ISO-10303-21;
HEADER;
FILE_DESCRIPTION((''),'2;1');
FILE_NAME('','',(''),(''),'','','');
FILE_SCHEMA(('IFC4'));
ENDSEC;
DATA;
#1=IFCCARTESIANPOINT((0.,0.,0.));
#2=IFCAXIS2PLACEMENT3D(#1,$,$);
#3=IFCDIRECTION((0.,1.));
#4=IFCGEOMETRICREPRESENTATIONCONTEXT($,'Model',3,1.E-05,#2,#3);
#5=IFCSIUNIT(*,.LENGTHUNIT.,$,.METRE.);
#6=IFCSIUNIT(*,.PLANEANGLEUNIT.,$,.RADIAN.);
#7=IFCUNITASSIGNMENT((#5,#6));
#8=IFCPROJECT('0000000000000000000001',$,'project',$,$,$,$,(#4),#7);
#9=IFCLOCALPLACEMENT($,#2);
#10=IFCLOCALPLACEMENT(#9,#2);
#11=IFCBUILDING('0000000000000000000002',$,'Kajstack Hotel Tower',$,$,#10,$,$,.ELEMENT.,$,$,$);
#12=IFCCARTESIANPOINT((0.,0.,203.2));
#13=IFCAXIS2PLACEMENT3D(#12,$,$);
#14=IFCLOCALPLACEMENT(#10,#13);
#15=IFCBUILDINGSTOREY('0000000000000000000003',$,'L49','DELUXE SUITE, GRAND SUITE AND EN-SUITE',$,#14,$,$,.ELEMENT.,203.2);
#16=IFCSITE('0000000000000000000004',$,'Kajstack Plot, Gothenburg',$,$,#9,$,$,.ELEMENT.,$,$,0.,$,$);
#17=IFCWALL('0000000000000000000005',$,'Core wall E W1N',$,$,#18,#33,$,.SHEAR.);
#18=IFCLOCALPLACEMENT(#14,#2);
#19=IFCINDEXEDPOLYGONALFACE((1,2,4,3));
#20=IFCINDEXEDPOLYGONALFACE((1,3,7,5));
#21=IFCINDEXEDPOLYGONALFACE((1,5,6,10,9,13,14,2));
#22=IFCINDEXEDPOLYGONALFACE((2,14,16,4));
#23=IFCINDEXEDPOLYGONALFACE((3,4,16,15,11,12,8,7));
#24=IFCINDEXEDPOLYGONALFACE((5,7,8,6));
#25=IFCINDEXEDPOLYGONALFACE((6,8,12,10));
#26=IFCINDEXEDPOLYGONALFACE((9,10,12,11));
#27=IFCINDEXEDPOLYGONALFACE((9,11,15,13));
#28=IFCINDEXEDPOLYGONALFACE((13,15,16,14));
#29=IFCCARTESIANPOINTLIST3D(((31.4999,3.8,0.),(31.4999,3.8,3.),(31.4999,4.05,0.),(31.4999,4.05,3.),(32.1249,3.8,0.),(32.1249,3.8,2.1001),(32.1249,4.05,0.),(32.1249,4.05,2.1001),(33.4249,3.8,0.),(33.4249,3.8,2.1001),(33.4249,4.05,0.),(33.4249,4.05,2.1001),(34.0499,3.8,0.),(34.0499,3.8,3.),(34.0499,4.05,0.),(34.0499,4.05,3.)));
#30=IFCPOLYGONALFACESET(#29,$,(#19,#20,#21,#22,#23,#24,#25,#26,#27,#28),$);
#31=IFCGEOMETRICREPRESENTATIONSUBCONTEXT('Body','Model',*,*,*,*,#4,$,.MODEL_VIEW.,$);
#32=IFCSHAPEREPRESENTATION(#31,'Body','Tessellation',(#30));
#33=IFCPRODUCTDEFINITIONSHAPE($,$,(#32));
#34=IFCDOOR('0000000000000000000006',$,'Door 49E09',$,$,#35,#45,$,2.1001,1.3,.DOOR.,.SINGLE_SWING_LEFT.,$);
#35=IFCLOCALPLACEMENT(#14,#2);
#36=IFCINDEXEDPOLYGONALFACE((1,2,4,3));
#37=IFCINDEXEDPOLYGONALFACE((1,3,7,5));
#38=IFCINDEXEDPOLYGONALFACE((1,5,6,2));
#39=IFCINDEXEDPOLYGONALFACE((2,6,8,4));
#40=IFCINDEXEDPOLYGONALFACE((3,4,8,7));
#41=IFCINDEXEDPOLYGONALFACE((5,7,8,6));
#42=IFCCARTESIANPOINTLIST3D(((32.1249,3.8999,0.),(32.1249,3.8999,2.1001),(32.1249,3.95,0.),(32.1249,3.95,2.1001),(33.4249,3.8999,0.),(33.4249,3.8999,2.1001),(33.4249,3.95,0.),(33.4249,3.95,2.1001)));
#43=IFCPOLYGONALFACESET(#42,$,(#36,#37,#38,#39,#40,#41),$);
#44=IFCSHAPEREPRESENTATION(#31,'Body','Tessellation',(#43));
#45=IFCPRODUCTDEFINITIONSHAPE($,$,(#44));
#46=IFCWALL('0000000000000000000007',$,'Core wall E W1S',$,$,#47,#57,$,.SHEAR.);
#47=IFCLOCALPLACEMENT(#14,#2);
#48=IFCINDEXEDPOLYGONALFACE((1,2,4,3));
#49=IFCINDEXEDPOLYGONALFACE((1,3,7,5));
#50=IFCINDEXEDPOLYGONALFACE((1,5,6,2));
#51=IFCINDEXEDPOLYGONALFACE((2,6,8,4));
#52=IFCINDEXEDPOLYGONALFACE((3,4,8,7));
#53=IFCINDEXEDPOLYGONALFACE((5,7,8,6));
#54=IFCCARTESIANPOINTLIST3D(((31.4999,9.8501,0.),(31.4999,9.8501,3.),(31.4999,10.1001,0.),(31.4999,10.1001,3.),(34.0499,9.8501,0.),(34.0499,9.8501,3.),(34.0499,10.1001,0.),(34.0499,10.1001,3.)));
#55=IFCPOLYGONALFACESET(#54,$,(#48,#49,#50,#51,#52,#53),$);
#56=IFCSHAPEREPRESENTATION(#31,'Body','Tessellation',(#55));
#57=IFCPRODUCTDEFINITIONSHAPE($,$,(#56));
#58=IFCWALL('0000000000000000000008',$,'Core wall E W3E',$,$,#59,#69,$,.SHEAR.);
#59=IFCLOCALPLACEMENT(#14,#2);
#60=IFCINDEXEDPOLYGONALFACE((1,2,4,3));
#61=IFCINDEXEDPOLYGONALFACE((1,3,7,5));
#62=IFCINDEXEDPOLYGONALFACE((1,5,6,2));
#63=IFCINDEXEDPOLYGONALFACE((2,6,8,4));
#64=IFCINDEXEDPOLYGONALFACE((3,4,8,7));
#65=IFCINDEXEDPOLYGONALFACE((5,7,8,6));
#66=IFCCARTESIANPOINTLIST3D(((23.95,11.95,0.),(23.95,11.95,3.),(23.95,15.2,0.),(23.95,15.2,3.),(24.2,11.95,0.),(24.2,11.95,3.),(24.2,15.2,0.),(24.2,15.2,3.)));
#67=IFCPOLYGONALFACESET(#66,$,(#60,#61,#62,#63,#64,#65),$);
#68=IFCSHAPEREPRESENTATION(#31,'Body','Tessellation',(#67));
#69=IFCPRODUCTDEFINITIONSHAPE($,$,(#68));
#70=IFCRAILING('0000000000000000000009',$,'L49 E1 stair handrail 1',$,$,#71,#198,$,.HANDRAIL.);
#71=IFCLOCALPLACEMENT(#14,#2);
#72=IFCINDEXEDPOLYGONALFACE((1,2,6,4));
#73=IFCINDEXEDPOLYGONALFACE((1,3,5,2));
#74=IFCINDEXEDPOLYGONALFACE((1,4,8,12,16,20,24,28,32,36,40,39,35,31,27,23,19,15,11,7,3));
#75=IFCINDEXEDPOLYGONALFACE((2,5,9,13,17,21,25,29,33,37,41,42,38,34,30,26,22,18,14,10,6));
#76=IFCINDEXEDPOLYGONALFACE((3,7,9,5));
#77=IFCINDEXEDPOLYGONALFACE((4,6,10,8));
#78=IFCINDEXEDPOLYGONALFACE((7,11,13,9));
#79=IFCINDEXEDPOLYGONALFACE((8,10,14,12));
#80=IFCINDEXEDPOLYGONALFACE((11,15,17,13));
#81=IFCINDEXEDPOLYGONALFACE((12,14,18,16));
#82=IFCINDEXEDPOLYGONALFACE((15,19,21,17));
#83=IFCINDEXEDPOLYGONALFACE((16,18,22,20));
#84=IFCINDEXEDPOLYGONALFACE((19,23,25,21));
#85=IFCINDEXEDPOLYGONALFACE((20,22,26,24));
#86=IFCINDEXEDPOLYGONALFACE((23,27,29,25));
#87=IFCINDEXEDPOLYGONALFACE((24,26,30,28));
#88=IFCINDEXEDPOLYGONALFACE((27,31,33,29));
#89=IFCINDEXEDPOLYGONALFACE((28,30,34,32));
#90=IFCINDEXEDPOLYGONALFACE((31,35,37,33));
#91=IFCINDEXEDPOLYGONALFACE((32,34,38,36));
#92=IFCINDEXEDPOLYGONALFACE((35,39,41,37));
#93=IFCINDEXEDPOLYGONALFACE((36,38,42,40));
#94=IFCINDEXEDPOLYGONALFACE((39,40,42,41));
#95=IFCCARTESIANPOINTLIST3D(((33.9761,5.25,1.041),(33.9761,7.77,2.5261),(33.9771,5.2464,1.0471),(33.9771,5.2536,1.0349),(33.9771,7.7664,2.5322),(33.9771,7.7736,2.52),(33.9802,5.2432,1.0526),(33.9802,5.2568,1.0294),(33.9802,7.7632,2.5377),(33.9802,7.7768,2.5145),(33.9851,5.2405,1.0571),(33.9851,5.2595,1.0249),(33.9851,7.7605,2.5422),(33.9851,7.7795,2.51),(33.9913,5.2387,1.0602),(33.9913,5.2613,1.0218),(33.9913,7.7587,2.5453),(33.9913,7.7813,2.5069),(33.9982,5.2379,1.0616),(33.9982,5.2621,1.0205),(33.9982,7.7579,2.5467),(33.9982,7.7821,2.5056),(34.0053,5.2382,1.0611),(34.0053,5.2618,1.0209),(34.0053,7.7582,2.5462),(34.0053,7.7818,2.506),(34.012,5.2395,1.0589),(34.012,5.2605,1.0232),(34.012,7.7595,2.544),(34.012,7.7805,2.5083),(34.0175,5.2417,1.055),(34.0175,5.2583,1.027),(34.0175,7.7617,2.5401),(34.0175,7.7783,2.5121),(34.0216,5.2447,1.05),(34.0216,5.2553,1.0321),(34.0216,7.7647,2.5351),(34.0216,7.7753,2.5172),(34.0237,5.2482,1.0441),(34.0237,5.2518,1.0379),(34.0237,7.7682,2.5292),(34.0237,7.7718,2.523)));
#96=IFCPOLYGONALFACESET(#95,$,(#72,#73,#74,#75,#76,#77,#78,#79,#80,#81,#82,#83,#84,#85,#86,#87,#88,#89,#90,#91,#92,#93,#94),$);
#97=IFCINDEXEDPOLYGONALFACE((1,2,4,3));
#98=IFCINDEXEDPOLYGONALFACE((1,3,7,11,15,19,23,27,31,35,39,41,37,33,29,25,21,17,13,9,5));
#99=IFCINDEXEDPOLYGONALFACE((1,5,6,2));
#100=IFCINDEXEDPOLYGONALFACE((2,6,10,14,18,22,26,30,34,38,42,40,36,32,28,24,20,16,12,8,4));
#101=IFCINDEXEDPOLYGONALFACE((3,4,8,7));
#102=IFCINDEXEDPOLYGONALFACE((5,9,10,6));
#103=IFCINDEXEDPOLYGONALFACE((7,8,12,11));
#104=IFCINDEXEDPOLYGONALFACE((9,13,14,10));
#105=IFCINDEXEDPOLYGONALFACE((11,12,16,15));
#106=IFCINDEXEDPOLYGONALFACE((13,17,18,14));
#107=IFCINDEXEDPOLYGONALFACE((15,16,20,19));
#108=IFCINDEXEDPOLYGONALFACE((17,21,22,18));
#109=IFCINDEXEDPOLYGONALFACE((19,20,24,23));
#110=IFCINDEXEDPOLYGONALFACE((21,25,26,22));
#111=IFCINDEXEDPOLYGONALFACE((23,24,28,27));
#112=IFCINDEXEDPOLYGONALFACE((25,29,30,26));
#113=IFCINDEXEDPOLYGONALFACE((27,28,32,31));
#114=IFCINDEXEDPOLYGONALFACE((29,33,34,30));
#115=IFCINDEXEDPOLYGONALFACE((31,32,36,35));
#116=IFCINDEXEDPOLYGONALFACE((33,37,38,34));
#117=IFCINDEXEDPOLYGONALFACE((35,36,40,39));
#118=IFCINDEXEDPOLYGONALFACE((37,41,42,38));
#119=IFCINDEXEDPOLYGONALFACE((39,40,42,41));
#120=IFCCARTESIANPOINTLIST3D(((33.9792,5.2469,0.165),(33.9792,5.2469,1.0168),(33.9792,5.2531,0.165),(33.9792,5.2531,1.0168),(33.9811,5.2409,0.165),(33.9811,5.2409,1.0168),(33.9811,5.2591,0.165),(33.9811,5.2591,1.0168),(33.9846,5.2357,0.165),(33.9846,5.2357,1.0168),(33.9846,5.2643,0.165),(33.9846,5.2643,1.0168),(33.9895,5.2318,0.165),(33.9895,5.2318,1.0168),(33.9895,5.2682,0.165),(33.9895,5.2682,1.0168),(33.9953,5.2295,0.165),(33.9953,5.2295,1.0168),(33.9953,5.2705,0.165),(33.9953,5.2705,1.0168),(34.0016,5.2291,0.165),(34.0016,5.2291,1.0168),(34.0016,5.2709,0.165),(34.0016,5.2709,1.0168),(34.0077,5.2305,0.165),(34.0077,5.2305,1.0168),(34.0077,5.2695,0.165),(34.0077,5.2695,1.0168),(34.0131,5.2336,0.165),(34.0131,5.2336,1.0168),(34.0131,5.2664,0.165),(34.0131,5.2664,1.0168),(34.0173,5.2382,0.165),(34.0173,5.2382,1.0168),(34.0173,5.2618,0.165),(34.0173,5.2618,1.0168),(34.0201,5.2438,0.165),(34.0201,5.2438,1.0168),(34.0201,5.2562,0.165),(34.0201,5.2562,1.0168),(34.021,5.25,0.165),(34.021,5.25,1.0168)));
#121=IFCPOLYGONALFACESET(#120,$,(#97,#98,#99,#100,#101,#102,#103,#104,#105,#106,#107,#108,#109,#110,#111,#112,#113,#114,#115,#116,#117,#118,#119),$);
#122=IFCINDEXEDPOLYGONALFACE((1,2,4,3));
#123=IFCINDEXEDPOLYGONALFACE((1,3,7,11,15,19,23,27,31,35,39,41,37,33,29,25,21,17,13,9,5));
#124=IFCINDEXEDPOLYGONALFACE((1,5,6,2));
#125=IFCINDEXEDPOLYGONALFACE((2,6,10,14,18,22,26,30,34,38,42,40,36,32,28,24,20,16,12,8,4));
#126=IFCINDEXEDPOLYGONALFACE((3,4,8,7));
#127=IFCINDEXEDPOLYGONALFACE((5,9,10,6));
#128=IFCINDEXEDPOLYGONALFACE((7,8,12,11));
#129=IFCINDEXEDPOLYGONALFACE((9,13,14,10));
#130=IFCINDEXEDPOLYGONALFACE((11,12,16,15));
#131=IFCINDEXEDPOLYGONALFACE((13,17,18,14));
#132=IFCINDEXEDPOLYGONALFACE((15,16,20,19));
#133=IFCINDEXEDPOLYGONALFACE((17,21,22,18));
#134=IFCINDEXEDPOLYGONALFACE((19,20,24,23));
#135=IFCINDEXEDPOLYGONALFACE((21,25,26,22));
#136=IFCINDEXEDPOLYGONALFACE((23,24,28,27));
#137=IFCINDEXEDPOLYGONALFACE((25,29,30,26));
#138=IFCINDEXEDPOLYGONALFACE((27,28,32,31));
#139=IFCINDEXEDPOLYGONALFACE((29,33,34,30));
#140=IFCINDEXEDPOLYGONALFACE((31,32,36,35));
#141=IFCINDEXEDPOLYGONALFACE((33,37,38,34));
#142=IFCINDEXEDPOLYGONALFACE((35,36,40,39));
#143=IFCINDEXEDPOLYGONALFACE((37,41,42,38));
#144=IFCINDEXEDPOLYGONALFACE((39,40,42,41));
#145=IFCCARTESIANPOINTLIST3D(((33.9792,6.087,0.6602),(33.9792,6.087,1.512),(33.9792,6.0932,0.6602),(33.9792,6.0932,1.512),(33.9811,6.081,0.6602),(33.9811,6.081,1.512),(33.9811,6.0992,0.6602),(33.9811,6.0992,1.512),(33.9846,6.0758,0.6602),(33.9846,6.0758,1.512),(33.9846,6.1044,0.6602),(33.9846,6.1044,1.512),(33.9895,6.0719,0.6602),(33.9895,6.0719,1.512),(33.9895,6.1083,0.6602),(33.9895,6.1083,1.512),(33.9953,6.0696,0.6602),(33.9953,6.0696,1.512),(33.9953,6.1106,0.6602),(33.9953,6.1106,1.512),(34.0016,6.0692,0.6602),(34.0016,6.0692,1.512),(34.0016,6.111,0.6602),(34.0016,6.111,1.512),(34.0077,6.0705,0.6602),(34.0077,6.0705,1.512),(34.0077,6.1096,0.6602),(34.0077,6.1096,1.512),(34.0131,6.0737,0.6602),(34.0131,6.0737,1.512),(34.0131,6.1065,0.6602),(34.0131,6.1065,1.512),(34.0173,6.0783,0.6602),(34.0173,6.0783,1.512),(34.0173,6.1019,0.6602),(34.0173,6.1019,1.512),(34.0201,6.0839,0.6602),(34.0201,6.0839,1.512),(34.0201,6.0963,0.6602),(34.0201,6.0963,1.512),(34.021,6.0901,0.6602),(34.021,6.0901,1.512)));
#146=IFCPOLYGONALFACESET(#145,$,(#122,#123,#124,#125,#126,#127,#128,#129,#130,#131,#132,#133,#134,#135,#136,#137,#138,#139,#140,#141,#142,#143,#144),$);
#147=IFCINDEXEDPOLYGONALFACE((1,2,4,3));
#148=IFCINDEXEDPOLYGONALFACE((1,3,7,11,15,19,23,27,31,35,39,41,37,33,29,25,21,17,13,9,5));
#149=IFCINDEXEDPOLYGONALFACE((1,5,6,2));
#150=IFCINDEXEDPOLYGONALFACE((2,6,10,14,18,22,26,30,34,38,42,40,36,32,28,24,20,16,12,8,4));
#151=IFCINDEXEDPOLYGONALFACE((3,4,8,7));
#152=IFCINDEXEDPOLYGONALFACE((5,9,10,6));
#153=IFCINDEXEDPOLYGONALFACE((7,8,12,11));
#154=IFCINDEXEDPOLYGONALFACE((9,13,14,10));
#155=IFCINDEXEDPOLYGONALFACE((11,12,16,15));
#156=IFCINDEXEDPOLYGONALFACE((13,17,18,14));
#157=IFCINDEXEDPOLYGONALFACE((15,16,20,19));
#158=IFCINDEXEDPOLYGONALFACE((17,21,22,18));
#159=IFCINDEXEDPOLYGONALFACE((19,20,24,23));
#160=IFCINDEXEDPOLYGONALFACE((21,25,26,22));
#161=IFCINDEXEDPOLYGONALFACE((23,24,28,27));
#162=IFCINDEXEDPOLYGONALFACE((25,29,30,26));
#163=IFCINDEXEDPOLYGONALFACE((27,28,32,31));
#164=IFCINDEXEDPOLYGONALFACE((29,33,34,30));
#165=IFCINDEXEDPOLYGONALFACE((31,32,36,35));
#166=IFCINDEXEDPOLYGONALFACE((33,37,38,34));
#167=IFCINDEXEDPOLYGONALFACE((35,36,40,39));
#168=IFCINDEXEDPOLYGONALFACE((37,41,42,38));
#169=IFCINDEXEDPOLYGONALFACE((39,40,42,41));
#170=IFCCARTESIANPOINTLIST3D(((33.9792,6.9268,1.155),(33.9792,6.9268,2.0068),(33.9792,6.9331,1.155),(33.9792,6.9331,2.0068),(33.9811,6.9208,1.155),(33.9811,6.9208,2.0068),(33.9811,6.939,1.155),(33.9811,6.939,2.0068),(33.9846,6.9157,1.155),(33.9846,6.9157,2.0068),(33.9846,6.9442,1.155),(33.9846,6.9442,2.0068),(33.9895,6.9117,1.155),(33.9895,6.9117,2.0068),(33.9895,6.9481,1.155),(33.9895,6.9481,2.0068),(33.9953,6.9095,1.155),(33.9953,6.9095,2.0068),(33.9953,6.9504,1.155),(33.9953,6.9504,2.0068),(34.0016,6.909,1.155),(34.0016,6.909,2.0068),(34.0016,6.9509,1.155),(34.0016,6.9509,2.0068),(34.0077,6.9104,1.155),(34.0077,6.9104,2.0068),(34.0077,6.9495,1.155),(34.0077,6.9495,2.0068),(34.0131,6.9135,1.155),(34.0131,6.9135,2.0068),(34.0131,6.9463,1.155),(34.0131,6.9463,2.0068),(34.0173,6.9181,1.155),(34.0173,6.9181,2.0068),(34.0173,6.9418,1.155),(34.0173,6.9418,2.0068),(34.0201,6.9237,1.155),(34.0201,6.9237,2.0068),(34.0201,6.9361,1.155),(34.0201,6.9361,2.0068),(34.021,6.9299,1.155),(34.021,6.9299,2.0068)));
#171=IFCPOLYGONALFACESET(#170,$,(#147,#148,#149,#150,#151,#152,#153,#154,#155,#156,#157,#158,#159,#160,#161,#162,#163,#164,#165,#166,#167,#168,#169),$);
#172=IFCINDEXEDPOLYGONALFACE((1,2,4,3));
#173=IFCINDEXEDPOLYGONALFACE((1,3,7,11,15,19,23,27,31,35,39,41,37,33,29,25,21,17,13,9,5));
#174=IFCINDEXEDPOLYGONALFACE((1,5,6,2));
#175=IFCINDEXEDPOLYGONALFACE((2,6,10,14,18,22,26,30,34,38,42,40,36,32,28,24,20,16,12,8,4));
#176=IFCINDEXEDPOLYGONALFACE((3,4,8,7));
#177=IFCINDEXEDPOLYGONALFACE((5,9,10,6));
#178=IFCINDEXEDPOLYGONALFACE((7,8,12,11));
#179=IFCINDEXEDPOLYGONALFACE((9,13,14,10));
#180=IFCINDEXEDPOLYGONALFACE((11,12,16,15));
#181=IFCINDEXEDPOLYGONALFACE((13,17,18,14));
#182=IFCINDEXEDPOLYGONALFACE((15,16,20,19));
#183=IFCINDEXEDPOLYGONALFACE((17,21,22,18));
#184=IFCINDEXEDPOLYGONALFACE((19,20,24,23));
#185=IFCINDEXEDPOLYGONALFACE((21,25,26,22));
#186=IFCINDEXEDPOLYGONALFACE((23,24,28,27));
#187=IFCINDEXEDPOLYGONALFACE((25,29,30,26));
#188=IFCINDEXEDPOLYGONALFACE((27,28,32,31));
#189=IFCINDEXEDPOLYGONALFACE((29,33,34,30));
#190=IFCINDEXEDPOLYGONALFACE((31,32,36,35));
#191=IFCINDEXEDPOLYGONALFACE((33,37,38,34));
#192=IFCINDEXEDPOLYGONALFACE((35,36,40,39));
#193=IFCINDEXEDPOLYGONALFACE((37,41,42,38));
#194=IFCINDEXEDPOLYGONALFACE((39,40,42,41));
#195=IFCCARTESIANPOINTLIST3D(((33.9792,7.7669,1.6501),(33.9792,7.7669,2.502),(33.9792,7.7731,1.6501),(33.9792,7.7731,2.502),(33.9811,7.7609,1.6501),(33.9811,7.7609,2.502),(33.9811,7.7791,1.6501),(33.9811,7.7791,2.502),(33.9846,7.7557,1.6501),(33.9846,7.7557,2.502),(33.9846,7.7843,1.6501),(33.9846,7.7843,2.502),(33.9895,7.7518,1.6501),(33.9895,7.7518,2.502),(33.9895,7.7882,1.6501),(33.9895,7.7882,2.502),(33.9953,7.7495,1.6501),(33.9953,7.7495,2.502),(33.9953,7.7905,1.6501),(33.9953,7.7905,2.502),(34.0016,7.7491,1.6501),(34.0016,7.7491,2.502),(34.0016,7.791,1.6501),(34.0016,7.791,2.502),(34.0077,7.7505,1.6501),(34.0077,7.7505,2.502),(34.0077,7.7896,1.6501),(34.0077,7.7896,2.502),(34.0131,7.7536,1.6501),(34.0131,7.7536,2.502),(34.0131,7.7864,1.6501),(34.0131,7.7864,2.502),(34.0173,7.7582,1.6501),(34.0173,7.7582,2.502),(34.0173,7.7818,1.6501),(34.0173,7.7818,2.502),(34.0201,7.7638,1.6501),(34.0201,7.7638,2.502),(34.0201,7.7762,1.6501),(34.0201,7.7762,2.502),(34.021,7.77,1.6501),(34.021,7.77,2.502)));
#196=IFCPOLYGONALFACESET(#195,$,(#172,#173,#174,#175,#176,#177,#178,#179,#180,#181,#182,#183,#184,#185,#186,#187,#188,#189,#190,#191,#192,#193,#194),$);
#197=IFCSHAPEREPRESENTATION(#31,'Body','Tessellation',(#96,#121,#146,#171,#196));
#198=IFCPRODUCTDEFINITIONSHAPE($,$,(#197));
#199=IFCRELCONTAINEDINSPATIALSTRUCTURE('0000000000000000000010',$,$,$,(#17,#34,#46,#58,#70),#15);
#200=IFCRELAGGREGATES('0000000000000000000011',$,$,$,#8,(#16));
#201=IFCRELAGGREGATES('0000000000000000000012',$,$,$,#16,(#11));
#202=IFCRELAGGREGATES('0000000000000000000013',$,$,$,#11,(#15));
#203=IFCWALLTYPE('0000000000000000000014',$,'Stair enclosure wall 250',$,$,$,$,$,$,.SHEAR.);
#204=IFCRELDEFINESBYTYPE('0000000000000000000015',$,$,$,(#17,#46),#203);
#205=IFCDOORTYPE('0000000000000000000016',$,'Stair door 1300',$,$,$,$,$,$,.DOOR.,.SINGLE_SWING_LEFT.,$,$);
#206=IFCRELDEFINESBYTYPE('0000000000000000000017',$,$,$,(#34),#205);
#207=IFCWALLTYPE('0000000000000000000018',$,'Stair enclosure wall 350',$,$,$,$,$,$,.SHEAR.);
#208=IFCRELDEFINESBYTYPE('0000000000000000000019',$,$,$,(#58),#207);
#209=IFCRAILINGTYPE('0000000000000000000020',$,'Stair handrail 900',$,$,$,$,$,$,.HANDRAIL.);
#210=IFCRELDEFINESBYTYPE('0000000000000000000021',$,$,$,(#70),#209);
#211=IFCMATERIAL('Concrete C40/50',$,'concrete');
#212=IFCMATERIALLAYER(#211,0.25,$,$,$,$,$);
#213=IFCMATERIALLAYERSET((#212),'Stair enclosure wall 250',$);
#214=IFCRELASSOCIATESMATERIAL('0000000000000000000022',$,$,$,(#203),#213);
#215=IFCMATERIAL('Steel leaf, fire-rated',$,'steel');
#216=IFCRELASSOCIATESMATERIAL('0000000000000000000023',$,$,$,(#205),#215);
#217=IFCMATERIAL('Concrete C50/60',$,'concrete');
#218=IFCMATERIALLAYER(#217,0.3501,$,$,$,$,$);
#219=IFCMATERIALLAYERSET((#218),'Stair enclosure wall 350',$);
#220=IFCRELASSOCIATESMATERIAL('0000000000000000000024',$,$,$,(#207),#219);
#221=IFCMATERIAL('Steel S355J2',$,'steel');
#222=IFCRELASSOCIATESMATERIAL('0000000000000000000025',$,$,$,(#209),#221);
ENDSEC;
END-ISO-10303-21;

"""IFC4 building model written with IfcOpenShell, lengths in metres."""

from ifc_helpers import new_model, si_unit, direction, frame, frame_2d, origin, origin_2d, place, context, subcontext, project, spatial, rectangle, circle, extrude, material, layer, layer_set, type_object, element, fill, save


model = new_model("IFC4")

# Units and contexts
model_context = context("Model", 3, precision=1e-05, world=origin(), true_north=direction((0.0, 1.0)))
body_context = subcontext(model_context, "Body", "Model", "MODEL_VIEW")
ifc_project = project(units=[si_unit("LENGTHUNIT", "METRE"), si_unit("PLANEANGLEUNIT", "RADIAN")], contexts=[model_context])

# Site, building, storey
site_placement = place(None, origin())
site = spatial("IfcSite", under=ifc_project, at=site_placement, Name="Kajstack Plot, Gothenburg", CompositionType="ELEMENT", RefElevation=0.0)
building_placement = place(site_placement, origin())
building = spatial("IfcBuilding", under=site, at=building_placement, Name="Kajstack Hotel Tower", CompositionType="ELEMENT")
storey_placement = place(building_placement, frame((0.0, 0.0, 203.2)))
storey = spatial("IfcBuildingStorey", under=building, at=storey_placement, Name="L49", Description="DELUXE SUITE, GRAND SUITE AND EN-SUITE", CompositionType="ELEMENT", Elevation=203.2)

# Shared definitions
ifc_material_1 = material(Name="Concrete C40/50", Category="concrete")
ifc_material_2 = material(Name="Concrete C50/60", Category="concrete")

# Wall, opening, door
ifc_layer_1 = layer(ifc_material_1, 0.25)
ifc_layer_set_1 = layer_set([ifc_layer_1], Name="Stair enclosure wall 250")
wall_type_1 = type_object("IfcWallType", Name="Stair enclosure wall 250", PredefinedType="SHEAR", material=ifc_layer_set_1)
wall_1_placement = place(storey_placement, frame((31.5, 3.925, 0.0), z_axis=(0.0, 0.0, 1.0), x_axis=(1.0, 0.0, 0.0)))
wall_1 = element("IfcWall", 1, at=wall_1_placement, inside=storey, type_object=wall_type_1, Name="Core wall E W1N", PredefinedType="SHEAR", context=body_context, shape_type="SweptSolid", body=[
    extrude(rectangle(XDim=2.55, YDim=0.25, at=frame_2d((1.2749, 0.0))), origin(), (0.0, 0.0, 1.0), 3.0),
])
opening_1_placement = place(wall_1_placement, frame((0.625, 0.0, 0.0)))
opening_1 = element("IfcOpeningElement", 2, at=opening_1_placement, cuts=wall_1, PredefinedType="OPENING", context=body_context, shape_type="SweptSolid", body=[
    extrude(rectangle(XDim=1.3, YDim=2.1001, at=frame_2d((0.6499, 1.05))), frame((0.0, 0.135, 0.0), z_axis=(0.0, -1.0, 0.0), x_axis=(1.0, 0.0, 0.0)), (0.0, 0.0, 1.0), 0.27),
])
ifc_material_3 = material(Name="Steel leaf, fire-rated", Category="steel")
door_type_1 = type_object("IfcDoorType", Name="Stair door 1300", OperationType="SINGLE_SWING_LEFT", PredefinedType="DOOR", material=ifc_material_3)
door_1_placement = place(opening_1_placement, origin())
door_1 = element("IfcDoor", 3, at=door_1_placement, inside=storey, type_object=door_type_1, Name="Door 49E09", OperationType="SINGLE_SWING_LEFT", OverallHeight=2.1001, OverallWidth=1.3, PredefinedType="DOOR", context=body_context, shape_type="SweptSolid", body=[
    extrude(rectangle(XDim=1.3, YDim=2.1001, at=frame_2d((0.6499, 1.05))), frame((0.0, 0.0249, 0.0), z_axis=(0.0, -1.0, 0.0), x_axis=(1.0, 0.0, 0.0)), (0.0, 0.0, 1.0), 0.05),
])
fill(opening_1, door_1)

# Walls
wall_2_placement = place(storey_placement, frame((31.5, 9.9751, 0.0), z_axis=(0.0, 0.0, 1.0), x_axis=(1.0, 0.0, 0.0)))
element("IfcWall", 4, at=wall_2_placement, inside=storey, type_object=wall_type_1, Name="Core wall E W1S", PredefinedType="SHEAR", context=body_context, shape_type="SweptSolid", body=[
    extrude(rectangle(XDim=2.55, YDim=0.25, at=frame_2d((1.2749, 0.0))), origin(), (0.0, 0.0, 1.0), 3.0),
])
ifc_layer_2 = layer(ifc_material_2, 0.3501)
ifc_layer_set_2 = layer_set([ifc_layer_2], Name="Stair enclosure wall 350")
wall_type_2 = type_object("IfcWallType", Name="Stair enclosure wall 350", PredefinedType="SHEAR", material=ifc_layer_set_2)
wall_3_placement = place(storey_placement, frame((24.075, 11.95, 0.0), z_axis=(0.0, 0.0, 1.0), x_axis=(0.0, 1.0, 0.0)))
element("IfcWall", 5, at=wall_3_placement, inside=storey, type_object=wall_type_2, Name="Core wall E W3E", PredefinedType="SHEAR", context=body_context, shape_type="SweptSolid", body=[
    extrude(rectangle(XDim=3.25, YDim=0.25, at=frame_2d((1.625, 0.0))), origin(), (0.0, 0.0, 1.0), 3.0),
])

# Railing
ifc_material_4 = material(Name="Steel S355J2", Category="steel")
railing_type_1 = type_object("IfcRailingType", Name="Stair handrail 900", PredefinedType="HANDRAIL", material=ifc_material_4)
railing_1_placement = place(storey_placement, frame((34.0, 5.25, 0.165)))
element("IfcRailing", 6, at=railing_1_placement, inside=storey, type_object=railing_type_1, Name="L49 E1 stair handrail 1", PredefinedType="HANDRAIL", context=body_context, shape_type="SweptSolid", body=[
    extrude(circle(Radius=0.0239, at=origin_2d()), frame((0.0, 0.0, 0.876), z_axis=(0.0, 0.861524, 0.507717), x_axis=(-1.0, 0.0, 0.0)), (0.0, 0.0, 1.0), 2.925),
    extrude(circle(Radius=0.021, at=origin_2d()), origin(), (0.0, 0.0, 1.0), 0.8518),
    extrude(circle(Radius=0.021, at=origin_2d()), frame((0.0, 0.8401, 0.4951)), (0.0, 0.0, 1.0), 0.8518),
    extrude(circle(Radius=0.021, at=origin_2d()), frame((0.0, 1.6799, 0.99)), (0.0, 0.0, 1.0), 0.8518),
    extrude(circle(Radius=0.021, at=origin_2d()), frame((0.0, 2.52, 1.4851)), (0.0, 0.0, 1.0), 0.8518),
])

save(model, "model.ifc")
